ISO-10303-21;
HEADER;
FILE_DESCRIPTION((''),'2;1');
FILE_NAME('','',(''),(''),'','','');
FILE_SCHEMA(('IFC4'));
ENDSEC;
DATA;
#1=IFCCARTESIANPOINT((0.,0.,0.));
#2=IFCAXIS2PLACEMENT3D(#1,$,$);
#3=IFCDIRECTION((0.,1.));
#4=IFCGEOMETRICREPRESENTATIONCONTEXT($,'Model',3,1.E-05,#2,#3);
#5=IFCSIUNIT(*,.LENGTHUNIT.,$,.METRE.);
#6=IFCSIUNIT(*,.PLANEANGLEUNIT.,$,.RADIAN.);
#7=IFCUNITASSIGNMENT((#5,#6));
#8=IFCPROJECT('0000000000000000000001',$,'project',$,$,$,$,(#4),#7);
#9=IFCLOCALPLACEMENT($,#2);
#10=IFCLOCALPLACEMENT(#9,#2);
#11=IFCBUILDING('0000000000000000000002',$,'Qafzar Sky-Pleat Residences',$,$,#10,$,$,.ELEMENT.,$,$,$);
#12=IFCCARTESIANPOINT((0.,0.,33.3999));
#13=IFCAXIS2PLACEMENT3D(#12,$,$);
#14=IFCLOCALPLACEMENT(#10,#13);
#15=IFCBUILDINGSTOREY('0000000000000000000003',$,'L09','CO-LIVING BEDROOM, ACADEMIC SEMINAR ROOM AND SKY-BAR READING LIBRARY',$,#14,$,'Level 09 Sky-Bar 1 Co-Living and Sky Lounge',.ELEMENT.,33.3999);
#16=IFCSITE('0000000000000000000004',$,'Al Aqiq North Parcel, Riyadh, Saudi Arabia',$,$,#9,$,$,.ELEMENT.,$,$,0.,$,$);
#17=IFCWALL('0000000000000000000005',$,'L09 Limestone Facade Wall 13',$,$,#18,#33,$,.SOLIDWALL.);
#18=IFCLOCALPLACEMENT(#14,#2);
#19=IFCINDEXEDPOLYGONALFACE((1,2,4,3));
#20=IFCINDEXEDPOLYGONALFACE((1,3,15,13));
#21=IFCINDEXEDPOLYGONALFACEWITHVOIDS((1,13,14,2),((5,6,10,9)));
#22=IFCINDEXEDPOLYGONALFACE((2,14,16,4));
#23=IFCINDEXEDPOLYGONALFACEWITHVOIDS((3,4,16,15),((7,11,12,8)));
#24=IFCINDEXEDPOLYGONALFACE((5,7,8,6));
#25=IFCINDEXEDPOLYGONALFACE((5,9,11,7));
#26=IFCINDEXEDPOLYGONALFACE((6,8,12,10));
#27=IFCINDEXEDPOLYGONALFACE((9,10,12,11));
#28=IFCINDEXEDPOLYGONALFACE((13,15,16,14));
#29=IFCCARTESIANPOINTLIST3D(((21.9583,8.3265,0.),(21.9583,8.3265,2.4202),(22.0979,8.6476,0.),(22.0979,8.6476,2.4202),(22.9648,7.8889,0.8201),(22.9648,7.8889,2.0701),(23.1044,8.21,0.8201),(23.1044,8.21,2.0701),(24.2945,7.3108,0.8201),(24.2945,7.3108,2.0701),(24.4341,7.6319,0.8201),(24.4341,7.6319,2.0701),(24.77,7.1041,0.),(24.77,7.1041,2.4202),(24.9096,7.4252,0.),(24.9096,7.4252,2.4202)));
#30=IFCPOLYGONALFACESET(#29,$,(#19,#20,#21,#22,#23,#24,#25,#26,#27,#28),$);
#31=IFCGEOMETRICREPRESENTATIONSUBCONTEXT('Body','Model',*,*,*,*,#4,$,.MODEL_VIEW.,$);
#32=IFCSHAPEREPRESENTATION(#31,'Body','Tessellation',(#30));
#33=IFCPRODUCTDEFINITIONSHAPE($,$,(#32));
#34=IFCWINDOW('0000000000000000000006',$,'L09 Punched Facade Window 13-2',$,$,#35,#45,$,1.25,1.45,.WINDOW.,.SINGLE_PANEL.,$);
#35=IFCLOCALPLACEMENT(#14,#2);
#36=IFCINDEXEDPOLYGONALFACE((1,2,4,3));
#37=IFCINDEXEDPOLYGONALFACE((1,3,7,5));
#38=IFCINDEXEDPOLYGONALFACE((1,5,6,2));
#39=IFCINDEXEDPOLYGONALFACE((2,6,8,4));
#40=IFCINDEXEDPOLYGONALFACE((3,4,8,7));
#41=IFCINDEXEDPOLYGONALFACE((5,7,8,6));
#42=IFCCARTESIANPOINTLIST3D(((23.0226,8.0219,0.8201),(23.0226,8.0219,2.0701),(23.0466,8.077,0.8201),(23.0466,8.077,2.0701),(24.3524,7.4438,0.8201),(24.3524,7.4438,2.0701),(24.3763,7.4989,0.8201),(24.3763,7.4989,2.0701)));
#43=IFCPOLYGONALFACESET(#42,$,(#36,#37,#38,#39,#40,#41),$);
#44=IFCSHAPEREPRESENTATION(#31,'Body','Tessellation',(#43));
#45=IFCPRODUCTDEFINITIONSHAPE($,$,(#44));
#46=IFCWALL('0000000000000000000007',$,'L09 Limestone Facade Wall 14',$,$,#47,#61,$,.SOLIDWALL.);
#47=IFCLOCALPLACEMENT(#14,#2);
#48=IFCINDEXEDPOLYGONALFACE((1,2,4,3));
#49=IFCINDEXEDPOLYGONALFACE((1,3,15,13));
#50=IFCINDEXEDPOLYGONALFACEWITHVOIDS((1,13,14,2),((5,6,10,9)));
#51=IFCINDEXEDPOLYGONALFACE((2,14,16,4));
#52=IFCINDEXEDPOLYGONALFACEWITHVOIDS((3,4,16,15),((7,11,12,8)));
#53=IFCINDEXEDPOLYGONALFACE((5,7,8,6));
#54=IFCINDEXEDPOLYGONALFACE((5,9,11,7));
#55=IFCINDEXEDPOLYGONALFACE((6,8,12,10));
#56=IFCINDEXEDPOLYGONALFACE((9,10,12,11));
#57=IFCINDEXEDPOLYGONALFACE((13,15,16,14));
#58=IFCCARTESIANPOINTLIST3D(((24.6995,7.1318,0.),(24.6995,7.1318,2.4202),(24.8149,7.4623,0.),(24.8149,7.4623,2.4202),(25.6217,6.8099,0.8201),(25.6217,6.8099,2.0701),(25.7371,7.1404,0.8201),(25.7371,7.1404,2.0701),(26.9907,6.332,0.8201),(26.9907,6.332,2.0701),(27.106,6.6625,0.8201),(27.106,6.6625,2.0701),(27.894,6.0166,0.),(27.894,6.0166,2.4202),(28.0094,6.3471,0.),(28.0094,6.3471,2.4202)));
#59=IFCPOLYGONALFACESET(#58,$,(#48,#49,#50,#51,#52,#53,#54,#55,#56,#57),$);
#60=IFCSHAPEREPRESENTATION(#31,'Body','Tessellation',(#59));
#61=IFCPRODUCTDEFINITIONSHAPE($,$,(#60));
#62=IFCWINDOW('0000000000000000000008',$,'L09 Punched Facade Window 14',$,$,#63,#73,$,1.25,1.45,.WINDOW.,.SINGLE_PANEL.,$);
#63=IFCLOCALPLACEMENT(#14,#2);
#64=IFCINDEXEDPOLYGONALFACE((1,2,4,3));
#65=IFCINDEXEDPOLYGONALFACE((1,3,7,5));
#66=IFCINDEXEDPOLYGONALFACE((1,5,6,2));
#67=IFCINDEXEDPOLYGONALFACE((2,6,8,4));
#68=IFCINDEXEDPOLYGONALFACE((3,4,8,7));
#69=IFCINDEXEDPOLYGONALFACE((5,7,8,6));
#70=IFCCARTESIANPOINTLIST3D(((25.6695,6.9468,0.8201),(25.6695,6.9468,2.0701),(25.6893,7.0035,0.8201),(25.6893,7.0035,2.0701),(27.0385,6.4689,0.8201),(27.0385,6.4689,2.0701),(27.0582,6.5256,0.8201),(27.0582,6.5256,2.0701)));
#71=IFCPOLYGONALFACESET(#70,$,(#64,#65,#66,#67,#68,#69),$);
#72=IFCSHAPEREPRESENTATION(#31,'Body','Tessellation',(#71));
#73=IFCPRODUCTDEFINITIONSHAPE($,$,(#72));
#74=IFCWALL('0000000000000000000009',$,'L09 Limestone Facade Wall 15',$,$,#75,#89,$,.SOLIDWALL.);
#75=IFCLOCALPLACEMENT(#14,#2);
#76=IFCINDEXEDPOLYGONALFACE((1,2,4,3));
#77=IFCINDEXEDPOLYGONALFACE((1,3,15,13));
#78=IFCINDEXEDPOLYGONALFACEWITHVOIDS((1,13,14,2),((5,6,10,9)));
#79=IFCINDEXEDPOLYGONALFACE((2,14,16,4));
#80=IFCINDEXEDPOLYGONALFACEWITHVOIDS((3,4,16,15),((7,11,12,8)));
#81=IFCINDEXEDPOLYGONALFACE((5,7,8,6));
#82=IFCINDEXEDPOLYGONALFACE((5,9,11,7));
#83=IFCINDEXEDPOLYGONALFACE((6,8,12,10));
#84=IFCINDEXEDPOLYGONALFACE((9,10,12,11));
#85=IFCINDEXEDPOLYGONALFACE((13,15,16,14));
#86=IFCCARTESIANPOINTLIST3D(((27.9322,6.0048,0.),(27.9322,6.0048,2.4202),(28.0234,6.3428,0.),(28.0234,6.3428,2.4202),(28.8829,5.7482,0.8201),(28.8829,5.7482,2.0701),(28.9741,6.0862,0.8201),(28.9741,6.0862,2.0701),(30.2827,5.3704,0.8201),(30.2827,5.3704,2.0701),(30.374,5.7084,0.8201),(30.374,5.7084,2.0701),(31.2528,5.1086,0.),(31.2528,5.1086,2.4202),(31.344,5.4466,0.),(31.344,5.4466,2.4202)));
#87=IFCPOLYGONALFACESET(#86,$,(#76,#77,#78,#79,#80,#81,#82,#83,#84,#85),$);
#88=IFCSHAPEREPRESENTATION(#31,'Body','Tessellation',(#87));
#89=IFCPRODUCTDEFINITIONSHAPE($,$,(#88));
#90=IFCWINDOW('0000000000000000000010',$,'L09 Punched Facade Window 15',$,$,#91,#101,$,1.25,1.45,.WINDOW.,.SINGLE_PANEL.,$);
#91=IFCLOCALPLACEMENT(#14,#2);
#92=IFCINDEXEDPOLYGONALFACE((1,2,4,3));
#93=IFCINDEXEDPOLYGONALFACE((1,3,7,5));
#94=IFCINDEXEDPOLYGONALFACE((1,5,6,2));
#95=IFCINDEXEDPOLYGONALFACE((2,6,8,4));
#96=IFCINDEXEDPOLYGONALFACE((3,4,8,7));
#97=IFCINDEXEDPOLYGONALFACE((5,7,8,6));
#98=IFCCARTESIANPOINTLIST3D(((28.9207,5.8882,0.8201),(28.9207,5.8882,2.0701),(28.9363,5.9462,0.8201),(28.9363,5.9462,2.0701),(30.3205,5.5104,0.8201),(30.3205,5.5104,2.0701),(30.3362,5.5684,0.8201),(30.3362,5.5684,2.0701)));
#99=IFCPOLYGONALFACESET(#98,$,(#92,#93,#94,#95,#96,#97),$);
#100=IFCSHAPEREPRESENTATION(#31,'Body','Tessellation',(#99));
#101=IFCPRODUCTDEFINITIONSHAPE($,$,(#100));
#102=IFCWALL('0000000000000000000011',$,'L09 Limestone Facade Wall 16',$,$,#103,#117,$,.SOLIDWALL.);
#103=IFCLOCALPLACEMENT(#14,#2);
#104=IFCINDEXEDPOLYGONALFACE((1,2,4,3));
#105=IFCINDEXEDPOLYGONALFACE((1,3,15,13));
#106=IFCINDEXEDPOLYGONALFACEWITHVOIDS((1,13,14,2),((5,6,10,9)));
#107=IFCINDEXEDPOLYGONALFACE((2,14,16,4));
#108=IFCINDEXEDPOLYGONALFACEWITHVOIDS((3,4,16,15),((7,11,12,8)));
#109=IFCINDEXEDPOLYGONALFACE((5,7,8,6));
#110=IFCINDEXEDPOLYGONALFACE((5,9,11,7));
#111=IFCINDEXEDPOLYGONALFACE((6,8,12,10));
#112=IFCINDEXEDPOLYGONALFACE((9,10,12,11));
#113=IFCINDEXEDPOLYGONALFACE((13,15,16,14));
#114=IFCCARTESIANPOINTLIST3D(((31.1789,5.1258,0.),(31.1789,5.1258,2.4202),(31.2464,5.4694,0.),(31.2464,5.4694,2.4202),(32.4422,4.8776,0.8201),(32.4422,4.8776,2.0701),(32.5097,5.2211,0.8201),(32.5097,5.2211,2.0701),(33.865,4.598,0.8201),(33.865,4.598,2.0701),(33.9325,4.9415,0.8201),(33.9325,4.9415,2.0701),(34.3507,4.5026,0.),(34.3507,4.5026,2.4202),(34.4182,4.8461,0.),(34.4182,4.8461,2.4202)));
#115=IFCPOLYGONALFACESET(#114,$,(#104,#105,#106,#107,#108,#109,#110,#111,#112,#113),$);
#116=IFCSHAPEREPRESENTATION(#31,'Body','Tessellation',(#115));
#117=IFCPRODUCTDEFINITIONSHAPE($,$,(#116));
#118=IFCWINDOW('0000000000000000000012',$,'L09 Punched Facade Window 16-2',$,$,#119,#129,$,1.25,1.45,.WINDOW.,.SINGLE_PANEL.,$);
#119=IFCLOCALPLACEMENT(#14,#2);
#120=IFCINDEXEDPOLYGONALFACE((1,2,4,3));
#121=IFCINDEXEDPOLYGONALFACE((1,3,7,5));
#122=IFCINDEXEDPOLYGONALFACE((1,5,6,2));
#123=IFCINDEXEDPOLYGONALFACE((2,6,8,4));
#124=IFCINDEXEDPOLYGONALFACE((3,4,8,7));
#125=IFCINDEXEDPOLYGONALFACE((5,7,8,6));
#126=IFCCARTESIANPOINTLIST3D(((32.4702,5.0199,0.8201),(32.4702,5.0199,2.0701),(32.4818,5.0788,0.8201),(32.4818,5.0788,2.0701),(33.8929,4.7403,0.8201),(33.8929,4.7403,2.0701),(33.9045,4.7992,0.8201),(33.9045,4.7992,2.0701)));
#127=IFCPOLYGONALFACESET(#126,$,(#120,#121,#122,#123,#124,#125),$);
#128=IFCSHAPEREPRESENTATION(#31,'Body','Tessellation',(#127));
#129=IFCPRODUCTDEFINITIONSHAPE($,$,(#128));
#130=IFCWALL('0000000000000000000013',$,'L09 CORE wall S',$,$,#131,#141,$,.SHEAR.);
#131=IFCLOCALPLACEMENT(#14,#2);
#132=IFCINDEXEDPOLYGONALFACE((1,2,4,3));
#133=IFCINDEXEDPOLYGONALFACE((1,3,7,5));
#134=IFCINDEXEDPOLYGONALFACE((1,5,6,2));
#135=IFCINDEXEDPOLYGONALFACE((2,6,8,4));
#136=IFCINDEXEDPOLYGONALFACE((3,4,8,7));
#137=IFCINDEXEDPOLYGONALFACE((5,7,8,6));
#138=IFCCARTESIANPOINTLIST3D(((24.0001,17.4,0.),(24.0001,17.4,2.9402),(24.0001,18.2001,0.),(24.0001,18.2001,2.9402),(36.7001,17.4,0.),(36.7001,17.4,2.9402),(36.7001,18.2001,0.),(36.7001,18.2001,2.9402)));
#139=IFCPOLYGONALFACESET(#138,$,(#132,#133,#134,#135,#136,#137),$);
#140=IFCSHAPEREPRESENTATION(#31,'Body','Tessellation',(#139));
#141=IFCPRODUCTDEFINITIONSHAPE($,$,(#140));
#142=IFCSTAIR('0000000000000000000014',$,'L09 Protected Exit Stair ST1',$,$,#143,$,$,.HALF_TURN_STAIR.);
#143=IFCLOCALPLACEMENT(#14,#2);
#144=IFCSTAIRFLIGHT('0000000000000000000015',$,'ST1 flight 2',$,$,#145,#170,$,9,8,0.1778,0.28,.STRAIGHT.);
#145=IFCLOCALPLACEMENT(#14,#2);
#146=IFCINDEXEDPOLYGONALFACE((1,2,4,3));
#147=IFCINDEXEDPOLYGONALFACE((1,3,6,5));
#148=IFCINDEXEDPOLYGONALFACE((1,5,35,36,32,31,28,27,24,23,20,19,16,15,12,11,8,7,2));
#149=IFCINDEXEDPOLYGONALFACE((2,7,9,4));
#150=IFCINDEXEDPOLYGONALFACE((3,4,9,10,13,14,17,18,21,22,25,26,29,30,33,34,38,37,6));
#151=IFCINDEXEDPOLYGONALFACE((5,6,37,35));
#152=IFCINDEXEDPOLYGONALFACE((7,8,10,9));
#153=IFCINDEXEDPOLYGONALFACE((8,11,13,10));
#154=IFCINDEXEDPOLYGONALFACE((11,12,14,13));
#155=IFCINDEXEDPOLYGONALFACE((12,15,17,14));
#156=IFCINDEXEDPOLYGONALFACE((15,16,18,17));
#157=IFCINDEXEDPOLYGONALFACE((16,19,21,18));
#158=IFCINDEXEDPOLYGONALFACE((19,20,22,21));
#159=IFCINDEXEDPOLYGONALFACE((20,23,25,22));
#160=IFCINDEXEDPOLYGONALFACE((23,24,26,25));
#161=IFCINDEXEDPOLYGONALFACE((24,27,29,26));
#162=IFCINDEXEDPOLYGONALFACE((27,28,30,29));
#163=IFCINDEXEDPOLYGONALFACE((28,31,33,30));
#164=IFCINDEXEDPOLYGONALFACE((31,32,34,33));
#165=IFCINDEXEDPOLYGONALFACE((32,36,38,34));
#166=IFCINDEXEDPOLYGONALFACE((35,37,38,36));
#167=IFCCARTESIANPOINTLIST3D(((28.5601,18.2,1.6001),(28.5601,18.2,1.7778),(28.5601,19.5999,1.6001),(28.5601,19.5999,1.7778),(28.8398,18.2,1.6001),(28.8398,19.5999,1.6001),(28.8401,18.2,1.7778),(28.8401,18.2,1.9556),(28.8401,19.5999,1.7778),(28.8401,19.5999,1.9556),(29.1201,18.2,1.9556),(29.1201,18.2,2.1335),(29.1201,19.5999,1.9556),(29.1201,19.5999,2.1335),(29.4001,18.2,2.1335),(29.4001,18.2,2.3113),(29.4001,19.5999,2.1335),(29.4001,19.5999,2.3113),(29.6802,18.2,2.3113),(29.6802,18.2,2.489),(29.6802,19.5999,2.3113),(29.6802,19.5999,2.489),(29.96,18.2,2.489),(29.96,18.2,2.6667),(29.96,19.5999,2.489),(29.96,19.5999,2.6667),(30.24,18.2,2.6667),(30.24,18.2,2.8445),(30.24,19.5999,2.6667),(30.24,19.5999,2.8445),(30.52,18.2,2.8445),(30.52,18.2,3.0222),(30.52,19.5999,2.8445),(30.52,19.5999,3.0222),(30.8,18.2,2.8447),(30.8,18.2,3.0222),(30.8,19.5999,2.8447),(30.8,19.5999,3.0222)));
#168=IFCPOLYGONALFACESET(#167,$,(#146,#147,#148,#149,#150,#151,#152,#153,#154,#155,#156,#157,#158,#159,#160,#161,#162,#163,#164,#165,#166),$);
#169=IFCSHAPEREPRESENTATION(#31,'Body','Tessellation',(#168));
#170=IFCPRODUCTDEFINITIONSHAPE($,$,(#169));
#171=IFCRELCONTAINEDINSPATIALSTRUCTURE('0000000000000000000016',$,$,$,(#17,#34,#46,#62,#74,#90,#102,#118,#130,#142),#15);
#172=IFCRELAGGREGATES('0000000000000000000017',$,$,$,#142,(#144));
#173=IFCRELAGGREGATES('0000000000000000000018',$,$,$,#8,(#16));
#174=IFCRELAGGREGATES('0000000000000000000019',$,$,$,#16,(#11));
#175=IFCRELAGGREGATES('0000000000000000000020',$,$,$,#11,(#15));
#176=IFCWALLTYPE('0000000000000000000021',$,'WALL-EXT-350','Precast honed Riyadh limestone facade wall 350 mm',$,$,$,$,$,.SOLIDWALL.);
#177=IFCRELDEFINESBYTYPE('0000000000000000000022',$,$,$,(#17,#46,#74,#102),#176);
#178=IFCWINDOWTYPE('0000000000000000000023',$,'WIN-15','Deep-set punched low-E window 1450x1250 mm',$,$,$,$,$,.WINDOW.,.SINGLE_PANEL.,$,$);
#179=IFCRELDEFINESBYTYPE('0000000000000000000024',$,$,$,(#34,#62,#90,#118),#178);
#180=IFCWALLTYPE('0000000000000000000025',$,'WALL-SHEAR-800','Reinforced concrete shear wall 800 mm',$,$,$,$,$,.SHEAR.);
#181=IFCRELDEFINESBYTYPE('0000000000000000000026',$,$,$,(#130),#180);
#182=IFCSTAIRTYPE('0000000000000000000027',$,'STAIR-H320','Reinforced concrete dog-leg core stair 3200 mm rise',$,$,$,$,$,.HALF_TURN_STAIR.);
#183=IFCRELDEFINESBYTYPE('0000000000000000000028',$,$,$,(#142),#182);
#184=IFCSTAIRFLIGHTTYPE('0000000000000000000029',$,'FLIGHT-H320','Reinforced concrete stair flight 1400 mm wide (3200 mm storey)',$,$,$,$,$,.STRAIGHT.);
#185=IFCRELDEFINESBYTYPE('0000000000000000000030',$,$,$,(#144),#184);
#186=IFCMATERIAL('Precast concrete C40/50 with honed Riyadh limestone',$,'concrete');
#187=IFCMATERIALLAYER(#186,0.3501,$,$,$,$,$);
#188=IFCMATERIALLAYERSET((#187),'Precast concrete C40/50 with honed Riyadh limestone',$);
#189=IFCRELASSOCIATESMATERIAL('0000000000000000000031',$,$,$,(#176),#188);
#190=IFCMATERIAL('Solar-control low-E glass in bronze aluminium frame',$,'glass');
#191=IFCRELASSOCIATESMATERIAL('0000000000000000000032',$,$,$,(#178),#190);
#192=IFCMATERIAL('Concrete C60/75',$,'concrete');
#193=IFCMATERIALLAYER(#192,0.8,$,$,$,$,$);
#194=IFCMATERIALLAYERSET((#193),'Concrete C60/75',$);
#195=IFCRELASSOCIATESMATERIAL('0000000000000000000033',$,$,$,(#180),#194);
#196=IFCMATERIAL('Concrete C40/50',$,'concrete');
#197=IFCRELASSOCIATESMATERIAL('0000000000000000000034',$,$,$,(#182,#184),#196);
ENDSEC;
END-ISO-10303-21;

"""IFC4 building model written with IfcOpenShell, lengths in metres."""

from ifc_helpers import new_model, si_unit, direction, frame, frame_2d, origin, place, context, subcontext, project, spatial, polyline, rectangle, outline, extrude, source, transform, mapped, material, layer, layer_set, type_object, element, fill, aggregate, save


model = new_model("IFC4")

# Units and contexts
model_context = context("Model", 3, precision=1e-05, world=origin(), true_north=direction((0.0, 1.0)))
body_context = subcontext(model_context, "Body", "Model", "MODEL_VIEW")
ifc_project = project(units=[si_unit("LENGTHUNIT", "METRE"), si_unit("PLANEANGLEUNIT", "RADIAN")], contexts=[model_context])

# Site, building, storey
site_placement = place(None, origin())
site = spatial("IfcSite", under=ifc_project, at=site_placement, Name="Al Aqiq North Parcel, Riyadh, Saudi Arabia", CompositionType="ELEMENT", RefElevation=0.0)
building_placement = place(site_placement, origin())
building = spatial("IfcBuilding", under=site, at=building_placement, Name="Qafzar Sky-Pleat Residences", CompositionType="ELEMENT")
storey_placement = place(building_placement, frame((0.0, 0.0, 33.3999)))
storey = spatial("IfcBuildingStorey", under=building, at=storey_placement, Name="L09", Description="CO-LIVING BEDROOM, ACADEMIC SEMINAR ROOM AND SKY-BAR READING LIBRARY", LongName="Level 09 Sky-Bar 1 Co-Living and Sky Lounge", CompositionType="ELEMENT", Elevation=33.3999)

# Shared definitions
ifc_material_1 = material(Name="Concrete C60/75", Category="concrete")

# Walls, openings, windows
ifc_material_2 = material(Name="Precast concrete C40/50 with honed Riyadh limestone", Category="concrete")
ifc_layer_1 = layer(ifc_material_2, 0.3501)
ifc_layer_set_1 = layer_set([ifc_layer_1], Name="Precast concrete C40/50 with honed Riyadh limestone")
wall_type_1 = type_object("IfcWallType", Name="WALL-EXT-350", Description="Precast honed Riyadh limestone facade wall 350 mm", PredefinedType="SOLIDWALL", material=ifc_layer_set_1)
wall_1_placement = place(storey_placement, frame((22.0281, 8.4871, 0.0), z_axis=(0.0, 0.0, 1.0), x_axis=(0.917081, -0.3987, 0.0)))
wall_1 = element("IfcWall", 1, at=wall_1_placement, inside=storey, type_object=wall_type_1, Name="L09 Limestone Facade Wall 13", PredefinedType="SOLIDWALL", context=body_context, shape_type="SweptSolid", body=[
    extrude(rectangle(XDim=3.0659, YDim=0.3501, at=frame_2d((1.533, 0.0))), origin(), (0.0, 0.0, 1.0), 2.4202),
])
opening_1_placement = place(wall_1_placement, frame((1.0974, 0.0, 0.8201)))
opening_1 = element("IfcOpeningElement", 2, at=opening_1_placement, cuts=wall_1, PredefinedType="OPENING", context=body_context, shape_type="SweptSolid", body=[
    extrude(rectangle(XDim=1.45, YDim=1.25, at=frame_2d((0.7251, 0.625))), frame((0.0, 0.1851, 0.0), z_axis=(0.0, -1.0, 0.0), x_axis=(1.0, 0.0, 0.0)), (0.0, 0.0, 1.0), 0.3701),
])
ifc_material_3 = material(Name="Solar-control low-E glass in bronze aluminium frame", Category="glass")
window_type = type_object("IfcWindowType", Name="WIN-15", Description="Deep-set punched low-E window 1450x1250 mm", PartitioningType="SINGLE_PANEL", PredefinedType="WINDOW", material=ifc_material_3)
shared_shape_1 = source(origin(), body_context, "Body", "SweptSolid", [
    extrude(rectangle(XDim=1.45, YDim=1.25, at=frame_2d((0.7251, 0.625))), frame((0.0, 0.03, 0.0), z_axis=(0.0, -1.0, 0.0), x_axis=(1.0, 0.0, 0.0)), (0.0, 0.0, 1.0), 0.0601),
])
window_1_placement = place(opening_1_placement, origin())
window_1 = element("IfcWindow", 3, at=window_1_placement, inside=storey, type_object=window_type, Name="L09 Punched Facade Window 13-2", OverallHeight=1.25, OverallWidth=1.45, PartitioningType="SINGLE_PANEL", PredefinedType="WINDOW", context=body_context, shape_type="MappedRepresentation", body=[
    mapped(shared_shape_1, transform((0.0, 0.0, 0.0), x_axis=(1.0, 0.0, 0.0), y_axis=(0.0, 1.0, 0.0), z_axis=(0.0, 0.0, 1.0), scale=1.0)),
])
fill(opening_1, window_1)
wall_2_placement = place(storey_placement, frame((24.7571, 7.2971, 0.0), z_axis=(0.0, 0.0, 1.0), x_axis=(0.944122, -0.329595, 0.0)))
wall_2 = element("IfcWall", 4, at=wall_2_placement, inside=storey, type_object=wall_type_1, Name="L09 Limestone Facade Wall 14", PredefinedType="SOLIDWALL", context=body_context, shape_type="SweptSolid", body=[
    extrude(rectangle(XDim=3.3835, YDim=0.3501, at=frame_2d((1.6919, 0.0))), origin(), (0.0, 0.0, 1.0), 2.4202),
])
opening_2_placement = place(wall_2_placement, frame((0.9768, 0.0, 0.8201)))
opening_2 = element("IfcOpeningElement", 5, at=opening_2_placement, cuts=wall_2, PredefinedType="OPENING", context=body_context, shape_type="SweptSolid", body=[
    extrude(rectangle(XDim=1.45, YDim=1.25, at=frame_2d((0.7251, 0.625))), frame((0.0, 0.1851, 0.0), z_axis=(0.0, -1.0, 0.0), x_axis=(1.0, 0.0, 0.0)), (0.0, 0.0, 1.0), 0.3701),
])
window_2_placement = place(opening_2_placement, origin())
window_2 = element("IfcWindow", 6, at=window_2_placement, inside=storey, type_object=window_type, Name="L09 Punched Facade Window 14", OverallHeight=1.25, OverallWidth=1.45, PartitioningType="SINGLE_PANEL", PredefinedType="WINDOW", context=body_context, shape_type="MappedRepresentation", body=[
    mapped(shared_shape_1, transform((0.0, 0.0, 0.0), x_axis=(1.0, 0.0, 0.0), y_axis=(0.0, 1.0, 0.0), z_axis=(0.0, 0.0, 1.0), scale=1.0)),
])
fill(opening_2, window_2)
wall_3_placement = place(storey_placement, frame((27.9778, 6.1738, 0.0), z_axis=(0.0, 0.0, 1.0), x_axis=(0.965452, -0.260582, 0.0)))
wall_3 = element("IfcWall", 7, at=wall_3_placement, inside=storey, type_object=wall_type_1, Name="L09 Limestone Facade Wall 15", PredefinedType="SOLIDWALL", context=body_context, shape_type="SweptSolid", body=[
    extrude(rectangle(XDim=3.4395, YDim=0.3501, at=frame_2d((1.7197, 0.0))), origin(), (0.0, 0.0, 1.0), 2.4202),
])
opening_3_placement = place(wall_3_placement, frame((0.9846, 0.0, 0.8201)))
opening_3 = element("IfcOpeningElement", 8, at=opening_3_placement, cuts=wall_3, PredefinedType="OPENING", context=body_context, shape_type="SweptSolid", body=[
    extrude(rectangle(XDim=1.45, YDim=1.25, at=frame_2d((0.7251, 0.625))), frame((0.0, 0.1851, 0.0), z_axis=(0.0, -1.0, 0.0), x_axis=(1.0, 0.0, 0.0)), (0.0, 0.0, 1.0), 0.3701),
])
window_3_placement = place(opening_3_placement, origin())
window_3 = element("IfcWindow", 9, at=window_3_placement, inside=storey, type_object=window_type, Name="L09 Punched Facade Window 15", OverallHeight=1.25, OverallWidth=1.45, PartitioningType="SINGLE_PANEL", PredefinedType="WINDOW", context=body_context, shape_type="MappedRepresentation", body=[
    mapped(shared_shape_1, transform((0.0, 0.0, 0.0), x_axis=(1.0, 0.0, 0.0), y_axis=(0.0, 1.0, 0.0), z_axis=(0.0, 0.0, 1.0), scale=1.0)),
])
fill(opening_3, window_3)
wall_4_placement = place(storey_placement, frame((31.2126, 5.2976, 0.0), z_axis=(0.0, 0.0, 1.0), x_axis=(0.981235, -0.192818, 0.0)))
wall_4 = element("IfcWall", 10, at=wall_4_placement, inside=storey, type_object=wall_type_1, Name="L09 Limestone Facade Wall 16", PredefinedType="SOLIDWALL", context=body_context, shape_type="SweptSolid", body=[
    extrude(rectangle(XDim=3.2324, YDim=0.3501, at=frame_2d((1.6162, 0.0))), origin(), (0.0, 0.0, 1.0), 2.4202),
])
opening_4_placement = place(wall_4_placement, frame((1.2874, 0.0, 0.8201)))
opening_4 = element("IfcOpeningElement", 11, at=opening_4_placement, cuts=wall_4, PredefinedType="OPENING", context=body_context, shape_type="SweptSolid", body=[
    extrude(rectangle(XDim=1.45, YDim=1.25, at=frame_2d((0.7251, 0.625))), frame((0.0, 0.1851, 0.0), z_axis=(0.0, -1.0, 0.0), x_axis=(1.0, 0.0, 0.0)), (0.0, 0.0, 1.0), 0.3701),
])
window_4_placement = place(opening_4_placement, origin())
window_4 = element("IfcWindow", 12, at=window_4_placement, inside=storey, type_object=window_type, Name="L09 Punched Facade Window 16-2", OverallHeight=1.25, OverallWidth=1.45, PartitioningType="SINGLE_PANEL", PredefinedType="WINDOW", context=body_context, shape_type="MappedRepresentation", body=[
    mapped(shared_shape_1, transform((0.0, 0.0, 0.0), x_axis=(1.0, 0.0, 0.0), y_axis=(0.0, 1.0, 0.0), z_axis=(0.0, 0.0, 1.0), scale=1.0)),
])
fill(opening_4, window_4)

# Wall
ifc_layer_2 = layer(ifc_material_1, 0.8)
ifc_layer_set_2 = layer_set([ifc_layer_2], Name="Concrete C60/75")
wall_type_2 = type_object("IfcWallType", Name="WALL-SHEAR-800", Description="Reinforced concrete shear wall 800 mm", PredefinedType="SHEAR", material=ifc_layer_set_2)
wall_5_placement = place(storey_placement, frame((24.0, 17.8, 0.0), z_axis=(0.0, 0.0, 1.0), x_axis=(1.0, 0.0, 0.0)))
element("IfcWall", 13, at=wall_5_placement, inside=storey, type_object=wall_type_2, Name="L09 CORE wall S", PredefinedType="SHEAR", context=body_context, shape_type="SweptSolid", body=[
    extrude(rectangle(XDim=12.7, YDim=0.8, at=frame_2d((6.3501, 0.0))), origin(), (0.0, 0.0, 1.0), 2.9402),
])

# Stair, stair flight
ifc_material_4 = material(Name="Concrete C40/50", Category="concrete")
stair_type = type_object("IfcStairType", Name="STAIR-H320", Description="Reinforced concrete dog-leg core stair 3200 mm rise", PredefinedType="HALF_TURN_STAIR", material=ifc_material_4)
stair_placement = place(storey_placement, origin())
stair = element("IfcStair", 14, at=stair_placement, inside=storey, type_object=stair_type, Name="L09 Protected Exit Stair ST1", PredefinedType="HALF_TURN_STAIR")
stair_flight_type = type_object("IfcStairFlightType", Name="FLIGHT-H320", Description="Reinforced concrete stair flight 1400 mm wide (3200 mm storey)", PredefinedType="STRAIGHT", material=ifc_material_4)
shared_shape_2 = source(origin(), body_context, "Body", "SweptSolid", [
    extrude(outline(polyline([(0.0, 0.0), (0.0, 0.1777), (0.28, 0.1777), (0.28, 0.3555), (0.5601, 0.3555), (0.5601, 0.5334), (0.8401, 0.5334), (0.8401, 0.7112), (1.1201, 0.7112), (1.1201, 0.8889), (1.3999, 0.8889), (1.3999, 1.0667), (1.6799, 1.0667), (1.6799, 1.2444), (1.96, 1.2444), (1.96, 1.4221), (2.24, 1.4221), (2.24, 1.6001), (2.24, 1.2446), (0.2798, 0.0), (0.0, 0.0)])), frame((0.0, 0.7, 0.0), z_axis=(0.0, -1.0, 0.0), x_axis=(1.0, 0.0, 0.0)), (0.0, 0.0, 1.0), 1.3999),
])
stair_flight_placement = place(storey_placement, frame((28.5601, 18.8999, 1.6001), z_axis=(0.0, 0.0, 1.0), x_axis=(1.0, 0.0, 0.0)))
stair_flight = element("IfcStairFlight", 15, at=stair_flight_placement, type_object=stair_flight_type, Name="ST1 flight 2", NumberOfRisers=9, NumberOfTreads=8, PredefinedType="STRAIGHT", RiserHeight=0.1778, TreadLength=0.28, context=body_context, shape_type="MappedRepresentation", body=[
    mapped(shared_shape_2, transform((0.0, 0.0, 0.0), x_axis=(1.0, 0.0, 0.0), y_axis=(0.0, 1.0, 0.0), z_axis=(0.0, 0.0, 1.0), scale=1.0)),
])
aggregate(stair, [stair_flight])

save(model, "model.ifc")
